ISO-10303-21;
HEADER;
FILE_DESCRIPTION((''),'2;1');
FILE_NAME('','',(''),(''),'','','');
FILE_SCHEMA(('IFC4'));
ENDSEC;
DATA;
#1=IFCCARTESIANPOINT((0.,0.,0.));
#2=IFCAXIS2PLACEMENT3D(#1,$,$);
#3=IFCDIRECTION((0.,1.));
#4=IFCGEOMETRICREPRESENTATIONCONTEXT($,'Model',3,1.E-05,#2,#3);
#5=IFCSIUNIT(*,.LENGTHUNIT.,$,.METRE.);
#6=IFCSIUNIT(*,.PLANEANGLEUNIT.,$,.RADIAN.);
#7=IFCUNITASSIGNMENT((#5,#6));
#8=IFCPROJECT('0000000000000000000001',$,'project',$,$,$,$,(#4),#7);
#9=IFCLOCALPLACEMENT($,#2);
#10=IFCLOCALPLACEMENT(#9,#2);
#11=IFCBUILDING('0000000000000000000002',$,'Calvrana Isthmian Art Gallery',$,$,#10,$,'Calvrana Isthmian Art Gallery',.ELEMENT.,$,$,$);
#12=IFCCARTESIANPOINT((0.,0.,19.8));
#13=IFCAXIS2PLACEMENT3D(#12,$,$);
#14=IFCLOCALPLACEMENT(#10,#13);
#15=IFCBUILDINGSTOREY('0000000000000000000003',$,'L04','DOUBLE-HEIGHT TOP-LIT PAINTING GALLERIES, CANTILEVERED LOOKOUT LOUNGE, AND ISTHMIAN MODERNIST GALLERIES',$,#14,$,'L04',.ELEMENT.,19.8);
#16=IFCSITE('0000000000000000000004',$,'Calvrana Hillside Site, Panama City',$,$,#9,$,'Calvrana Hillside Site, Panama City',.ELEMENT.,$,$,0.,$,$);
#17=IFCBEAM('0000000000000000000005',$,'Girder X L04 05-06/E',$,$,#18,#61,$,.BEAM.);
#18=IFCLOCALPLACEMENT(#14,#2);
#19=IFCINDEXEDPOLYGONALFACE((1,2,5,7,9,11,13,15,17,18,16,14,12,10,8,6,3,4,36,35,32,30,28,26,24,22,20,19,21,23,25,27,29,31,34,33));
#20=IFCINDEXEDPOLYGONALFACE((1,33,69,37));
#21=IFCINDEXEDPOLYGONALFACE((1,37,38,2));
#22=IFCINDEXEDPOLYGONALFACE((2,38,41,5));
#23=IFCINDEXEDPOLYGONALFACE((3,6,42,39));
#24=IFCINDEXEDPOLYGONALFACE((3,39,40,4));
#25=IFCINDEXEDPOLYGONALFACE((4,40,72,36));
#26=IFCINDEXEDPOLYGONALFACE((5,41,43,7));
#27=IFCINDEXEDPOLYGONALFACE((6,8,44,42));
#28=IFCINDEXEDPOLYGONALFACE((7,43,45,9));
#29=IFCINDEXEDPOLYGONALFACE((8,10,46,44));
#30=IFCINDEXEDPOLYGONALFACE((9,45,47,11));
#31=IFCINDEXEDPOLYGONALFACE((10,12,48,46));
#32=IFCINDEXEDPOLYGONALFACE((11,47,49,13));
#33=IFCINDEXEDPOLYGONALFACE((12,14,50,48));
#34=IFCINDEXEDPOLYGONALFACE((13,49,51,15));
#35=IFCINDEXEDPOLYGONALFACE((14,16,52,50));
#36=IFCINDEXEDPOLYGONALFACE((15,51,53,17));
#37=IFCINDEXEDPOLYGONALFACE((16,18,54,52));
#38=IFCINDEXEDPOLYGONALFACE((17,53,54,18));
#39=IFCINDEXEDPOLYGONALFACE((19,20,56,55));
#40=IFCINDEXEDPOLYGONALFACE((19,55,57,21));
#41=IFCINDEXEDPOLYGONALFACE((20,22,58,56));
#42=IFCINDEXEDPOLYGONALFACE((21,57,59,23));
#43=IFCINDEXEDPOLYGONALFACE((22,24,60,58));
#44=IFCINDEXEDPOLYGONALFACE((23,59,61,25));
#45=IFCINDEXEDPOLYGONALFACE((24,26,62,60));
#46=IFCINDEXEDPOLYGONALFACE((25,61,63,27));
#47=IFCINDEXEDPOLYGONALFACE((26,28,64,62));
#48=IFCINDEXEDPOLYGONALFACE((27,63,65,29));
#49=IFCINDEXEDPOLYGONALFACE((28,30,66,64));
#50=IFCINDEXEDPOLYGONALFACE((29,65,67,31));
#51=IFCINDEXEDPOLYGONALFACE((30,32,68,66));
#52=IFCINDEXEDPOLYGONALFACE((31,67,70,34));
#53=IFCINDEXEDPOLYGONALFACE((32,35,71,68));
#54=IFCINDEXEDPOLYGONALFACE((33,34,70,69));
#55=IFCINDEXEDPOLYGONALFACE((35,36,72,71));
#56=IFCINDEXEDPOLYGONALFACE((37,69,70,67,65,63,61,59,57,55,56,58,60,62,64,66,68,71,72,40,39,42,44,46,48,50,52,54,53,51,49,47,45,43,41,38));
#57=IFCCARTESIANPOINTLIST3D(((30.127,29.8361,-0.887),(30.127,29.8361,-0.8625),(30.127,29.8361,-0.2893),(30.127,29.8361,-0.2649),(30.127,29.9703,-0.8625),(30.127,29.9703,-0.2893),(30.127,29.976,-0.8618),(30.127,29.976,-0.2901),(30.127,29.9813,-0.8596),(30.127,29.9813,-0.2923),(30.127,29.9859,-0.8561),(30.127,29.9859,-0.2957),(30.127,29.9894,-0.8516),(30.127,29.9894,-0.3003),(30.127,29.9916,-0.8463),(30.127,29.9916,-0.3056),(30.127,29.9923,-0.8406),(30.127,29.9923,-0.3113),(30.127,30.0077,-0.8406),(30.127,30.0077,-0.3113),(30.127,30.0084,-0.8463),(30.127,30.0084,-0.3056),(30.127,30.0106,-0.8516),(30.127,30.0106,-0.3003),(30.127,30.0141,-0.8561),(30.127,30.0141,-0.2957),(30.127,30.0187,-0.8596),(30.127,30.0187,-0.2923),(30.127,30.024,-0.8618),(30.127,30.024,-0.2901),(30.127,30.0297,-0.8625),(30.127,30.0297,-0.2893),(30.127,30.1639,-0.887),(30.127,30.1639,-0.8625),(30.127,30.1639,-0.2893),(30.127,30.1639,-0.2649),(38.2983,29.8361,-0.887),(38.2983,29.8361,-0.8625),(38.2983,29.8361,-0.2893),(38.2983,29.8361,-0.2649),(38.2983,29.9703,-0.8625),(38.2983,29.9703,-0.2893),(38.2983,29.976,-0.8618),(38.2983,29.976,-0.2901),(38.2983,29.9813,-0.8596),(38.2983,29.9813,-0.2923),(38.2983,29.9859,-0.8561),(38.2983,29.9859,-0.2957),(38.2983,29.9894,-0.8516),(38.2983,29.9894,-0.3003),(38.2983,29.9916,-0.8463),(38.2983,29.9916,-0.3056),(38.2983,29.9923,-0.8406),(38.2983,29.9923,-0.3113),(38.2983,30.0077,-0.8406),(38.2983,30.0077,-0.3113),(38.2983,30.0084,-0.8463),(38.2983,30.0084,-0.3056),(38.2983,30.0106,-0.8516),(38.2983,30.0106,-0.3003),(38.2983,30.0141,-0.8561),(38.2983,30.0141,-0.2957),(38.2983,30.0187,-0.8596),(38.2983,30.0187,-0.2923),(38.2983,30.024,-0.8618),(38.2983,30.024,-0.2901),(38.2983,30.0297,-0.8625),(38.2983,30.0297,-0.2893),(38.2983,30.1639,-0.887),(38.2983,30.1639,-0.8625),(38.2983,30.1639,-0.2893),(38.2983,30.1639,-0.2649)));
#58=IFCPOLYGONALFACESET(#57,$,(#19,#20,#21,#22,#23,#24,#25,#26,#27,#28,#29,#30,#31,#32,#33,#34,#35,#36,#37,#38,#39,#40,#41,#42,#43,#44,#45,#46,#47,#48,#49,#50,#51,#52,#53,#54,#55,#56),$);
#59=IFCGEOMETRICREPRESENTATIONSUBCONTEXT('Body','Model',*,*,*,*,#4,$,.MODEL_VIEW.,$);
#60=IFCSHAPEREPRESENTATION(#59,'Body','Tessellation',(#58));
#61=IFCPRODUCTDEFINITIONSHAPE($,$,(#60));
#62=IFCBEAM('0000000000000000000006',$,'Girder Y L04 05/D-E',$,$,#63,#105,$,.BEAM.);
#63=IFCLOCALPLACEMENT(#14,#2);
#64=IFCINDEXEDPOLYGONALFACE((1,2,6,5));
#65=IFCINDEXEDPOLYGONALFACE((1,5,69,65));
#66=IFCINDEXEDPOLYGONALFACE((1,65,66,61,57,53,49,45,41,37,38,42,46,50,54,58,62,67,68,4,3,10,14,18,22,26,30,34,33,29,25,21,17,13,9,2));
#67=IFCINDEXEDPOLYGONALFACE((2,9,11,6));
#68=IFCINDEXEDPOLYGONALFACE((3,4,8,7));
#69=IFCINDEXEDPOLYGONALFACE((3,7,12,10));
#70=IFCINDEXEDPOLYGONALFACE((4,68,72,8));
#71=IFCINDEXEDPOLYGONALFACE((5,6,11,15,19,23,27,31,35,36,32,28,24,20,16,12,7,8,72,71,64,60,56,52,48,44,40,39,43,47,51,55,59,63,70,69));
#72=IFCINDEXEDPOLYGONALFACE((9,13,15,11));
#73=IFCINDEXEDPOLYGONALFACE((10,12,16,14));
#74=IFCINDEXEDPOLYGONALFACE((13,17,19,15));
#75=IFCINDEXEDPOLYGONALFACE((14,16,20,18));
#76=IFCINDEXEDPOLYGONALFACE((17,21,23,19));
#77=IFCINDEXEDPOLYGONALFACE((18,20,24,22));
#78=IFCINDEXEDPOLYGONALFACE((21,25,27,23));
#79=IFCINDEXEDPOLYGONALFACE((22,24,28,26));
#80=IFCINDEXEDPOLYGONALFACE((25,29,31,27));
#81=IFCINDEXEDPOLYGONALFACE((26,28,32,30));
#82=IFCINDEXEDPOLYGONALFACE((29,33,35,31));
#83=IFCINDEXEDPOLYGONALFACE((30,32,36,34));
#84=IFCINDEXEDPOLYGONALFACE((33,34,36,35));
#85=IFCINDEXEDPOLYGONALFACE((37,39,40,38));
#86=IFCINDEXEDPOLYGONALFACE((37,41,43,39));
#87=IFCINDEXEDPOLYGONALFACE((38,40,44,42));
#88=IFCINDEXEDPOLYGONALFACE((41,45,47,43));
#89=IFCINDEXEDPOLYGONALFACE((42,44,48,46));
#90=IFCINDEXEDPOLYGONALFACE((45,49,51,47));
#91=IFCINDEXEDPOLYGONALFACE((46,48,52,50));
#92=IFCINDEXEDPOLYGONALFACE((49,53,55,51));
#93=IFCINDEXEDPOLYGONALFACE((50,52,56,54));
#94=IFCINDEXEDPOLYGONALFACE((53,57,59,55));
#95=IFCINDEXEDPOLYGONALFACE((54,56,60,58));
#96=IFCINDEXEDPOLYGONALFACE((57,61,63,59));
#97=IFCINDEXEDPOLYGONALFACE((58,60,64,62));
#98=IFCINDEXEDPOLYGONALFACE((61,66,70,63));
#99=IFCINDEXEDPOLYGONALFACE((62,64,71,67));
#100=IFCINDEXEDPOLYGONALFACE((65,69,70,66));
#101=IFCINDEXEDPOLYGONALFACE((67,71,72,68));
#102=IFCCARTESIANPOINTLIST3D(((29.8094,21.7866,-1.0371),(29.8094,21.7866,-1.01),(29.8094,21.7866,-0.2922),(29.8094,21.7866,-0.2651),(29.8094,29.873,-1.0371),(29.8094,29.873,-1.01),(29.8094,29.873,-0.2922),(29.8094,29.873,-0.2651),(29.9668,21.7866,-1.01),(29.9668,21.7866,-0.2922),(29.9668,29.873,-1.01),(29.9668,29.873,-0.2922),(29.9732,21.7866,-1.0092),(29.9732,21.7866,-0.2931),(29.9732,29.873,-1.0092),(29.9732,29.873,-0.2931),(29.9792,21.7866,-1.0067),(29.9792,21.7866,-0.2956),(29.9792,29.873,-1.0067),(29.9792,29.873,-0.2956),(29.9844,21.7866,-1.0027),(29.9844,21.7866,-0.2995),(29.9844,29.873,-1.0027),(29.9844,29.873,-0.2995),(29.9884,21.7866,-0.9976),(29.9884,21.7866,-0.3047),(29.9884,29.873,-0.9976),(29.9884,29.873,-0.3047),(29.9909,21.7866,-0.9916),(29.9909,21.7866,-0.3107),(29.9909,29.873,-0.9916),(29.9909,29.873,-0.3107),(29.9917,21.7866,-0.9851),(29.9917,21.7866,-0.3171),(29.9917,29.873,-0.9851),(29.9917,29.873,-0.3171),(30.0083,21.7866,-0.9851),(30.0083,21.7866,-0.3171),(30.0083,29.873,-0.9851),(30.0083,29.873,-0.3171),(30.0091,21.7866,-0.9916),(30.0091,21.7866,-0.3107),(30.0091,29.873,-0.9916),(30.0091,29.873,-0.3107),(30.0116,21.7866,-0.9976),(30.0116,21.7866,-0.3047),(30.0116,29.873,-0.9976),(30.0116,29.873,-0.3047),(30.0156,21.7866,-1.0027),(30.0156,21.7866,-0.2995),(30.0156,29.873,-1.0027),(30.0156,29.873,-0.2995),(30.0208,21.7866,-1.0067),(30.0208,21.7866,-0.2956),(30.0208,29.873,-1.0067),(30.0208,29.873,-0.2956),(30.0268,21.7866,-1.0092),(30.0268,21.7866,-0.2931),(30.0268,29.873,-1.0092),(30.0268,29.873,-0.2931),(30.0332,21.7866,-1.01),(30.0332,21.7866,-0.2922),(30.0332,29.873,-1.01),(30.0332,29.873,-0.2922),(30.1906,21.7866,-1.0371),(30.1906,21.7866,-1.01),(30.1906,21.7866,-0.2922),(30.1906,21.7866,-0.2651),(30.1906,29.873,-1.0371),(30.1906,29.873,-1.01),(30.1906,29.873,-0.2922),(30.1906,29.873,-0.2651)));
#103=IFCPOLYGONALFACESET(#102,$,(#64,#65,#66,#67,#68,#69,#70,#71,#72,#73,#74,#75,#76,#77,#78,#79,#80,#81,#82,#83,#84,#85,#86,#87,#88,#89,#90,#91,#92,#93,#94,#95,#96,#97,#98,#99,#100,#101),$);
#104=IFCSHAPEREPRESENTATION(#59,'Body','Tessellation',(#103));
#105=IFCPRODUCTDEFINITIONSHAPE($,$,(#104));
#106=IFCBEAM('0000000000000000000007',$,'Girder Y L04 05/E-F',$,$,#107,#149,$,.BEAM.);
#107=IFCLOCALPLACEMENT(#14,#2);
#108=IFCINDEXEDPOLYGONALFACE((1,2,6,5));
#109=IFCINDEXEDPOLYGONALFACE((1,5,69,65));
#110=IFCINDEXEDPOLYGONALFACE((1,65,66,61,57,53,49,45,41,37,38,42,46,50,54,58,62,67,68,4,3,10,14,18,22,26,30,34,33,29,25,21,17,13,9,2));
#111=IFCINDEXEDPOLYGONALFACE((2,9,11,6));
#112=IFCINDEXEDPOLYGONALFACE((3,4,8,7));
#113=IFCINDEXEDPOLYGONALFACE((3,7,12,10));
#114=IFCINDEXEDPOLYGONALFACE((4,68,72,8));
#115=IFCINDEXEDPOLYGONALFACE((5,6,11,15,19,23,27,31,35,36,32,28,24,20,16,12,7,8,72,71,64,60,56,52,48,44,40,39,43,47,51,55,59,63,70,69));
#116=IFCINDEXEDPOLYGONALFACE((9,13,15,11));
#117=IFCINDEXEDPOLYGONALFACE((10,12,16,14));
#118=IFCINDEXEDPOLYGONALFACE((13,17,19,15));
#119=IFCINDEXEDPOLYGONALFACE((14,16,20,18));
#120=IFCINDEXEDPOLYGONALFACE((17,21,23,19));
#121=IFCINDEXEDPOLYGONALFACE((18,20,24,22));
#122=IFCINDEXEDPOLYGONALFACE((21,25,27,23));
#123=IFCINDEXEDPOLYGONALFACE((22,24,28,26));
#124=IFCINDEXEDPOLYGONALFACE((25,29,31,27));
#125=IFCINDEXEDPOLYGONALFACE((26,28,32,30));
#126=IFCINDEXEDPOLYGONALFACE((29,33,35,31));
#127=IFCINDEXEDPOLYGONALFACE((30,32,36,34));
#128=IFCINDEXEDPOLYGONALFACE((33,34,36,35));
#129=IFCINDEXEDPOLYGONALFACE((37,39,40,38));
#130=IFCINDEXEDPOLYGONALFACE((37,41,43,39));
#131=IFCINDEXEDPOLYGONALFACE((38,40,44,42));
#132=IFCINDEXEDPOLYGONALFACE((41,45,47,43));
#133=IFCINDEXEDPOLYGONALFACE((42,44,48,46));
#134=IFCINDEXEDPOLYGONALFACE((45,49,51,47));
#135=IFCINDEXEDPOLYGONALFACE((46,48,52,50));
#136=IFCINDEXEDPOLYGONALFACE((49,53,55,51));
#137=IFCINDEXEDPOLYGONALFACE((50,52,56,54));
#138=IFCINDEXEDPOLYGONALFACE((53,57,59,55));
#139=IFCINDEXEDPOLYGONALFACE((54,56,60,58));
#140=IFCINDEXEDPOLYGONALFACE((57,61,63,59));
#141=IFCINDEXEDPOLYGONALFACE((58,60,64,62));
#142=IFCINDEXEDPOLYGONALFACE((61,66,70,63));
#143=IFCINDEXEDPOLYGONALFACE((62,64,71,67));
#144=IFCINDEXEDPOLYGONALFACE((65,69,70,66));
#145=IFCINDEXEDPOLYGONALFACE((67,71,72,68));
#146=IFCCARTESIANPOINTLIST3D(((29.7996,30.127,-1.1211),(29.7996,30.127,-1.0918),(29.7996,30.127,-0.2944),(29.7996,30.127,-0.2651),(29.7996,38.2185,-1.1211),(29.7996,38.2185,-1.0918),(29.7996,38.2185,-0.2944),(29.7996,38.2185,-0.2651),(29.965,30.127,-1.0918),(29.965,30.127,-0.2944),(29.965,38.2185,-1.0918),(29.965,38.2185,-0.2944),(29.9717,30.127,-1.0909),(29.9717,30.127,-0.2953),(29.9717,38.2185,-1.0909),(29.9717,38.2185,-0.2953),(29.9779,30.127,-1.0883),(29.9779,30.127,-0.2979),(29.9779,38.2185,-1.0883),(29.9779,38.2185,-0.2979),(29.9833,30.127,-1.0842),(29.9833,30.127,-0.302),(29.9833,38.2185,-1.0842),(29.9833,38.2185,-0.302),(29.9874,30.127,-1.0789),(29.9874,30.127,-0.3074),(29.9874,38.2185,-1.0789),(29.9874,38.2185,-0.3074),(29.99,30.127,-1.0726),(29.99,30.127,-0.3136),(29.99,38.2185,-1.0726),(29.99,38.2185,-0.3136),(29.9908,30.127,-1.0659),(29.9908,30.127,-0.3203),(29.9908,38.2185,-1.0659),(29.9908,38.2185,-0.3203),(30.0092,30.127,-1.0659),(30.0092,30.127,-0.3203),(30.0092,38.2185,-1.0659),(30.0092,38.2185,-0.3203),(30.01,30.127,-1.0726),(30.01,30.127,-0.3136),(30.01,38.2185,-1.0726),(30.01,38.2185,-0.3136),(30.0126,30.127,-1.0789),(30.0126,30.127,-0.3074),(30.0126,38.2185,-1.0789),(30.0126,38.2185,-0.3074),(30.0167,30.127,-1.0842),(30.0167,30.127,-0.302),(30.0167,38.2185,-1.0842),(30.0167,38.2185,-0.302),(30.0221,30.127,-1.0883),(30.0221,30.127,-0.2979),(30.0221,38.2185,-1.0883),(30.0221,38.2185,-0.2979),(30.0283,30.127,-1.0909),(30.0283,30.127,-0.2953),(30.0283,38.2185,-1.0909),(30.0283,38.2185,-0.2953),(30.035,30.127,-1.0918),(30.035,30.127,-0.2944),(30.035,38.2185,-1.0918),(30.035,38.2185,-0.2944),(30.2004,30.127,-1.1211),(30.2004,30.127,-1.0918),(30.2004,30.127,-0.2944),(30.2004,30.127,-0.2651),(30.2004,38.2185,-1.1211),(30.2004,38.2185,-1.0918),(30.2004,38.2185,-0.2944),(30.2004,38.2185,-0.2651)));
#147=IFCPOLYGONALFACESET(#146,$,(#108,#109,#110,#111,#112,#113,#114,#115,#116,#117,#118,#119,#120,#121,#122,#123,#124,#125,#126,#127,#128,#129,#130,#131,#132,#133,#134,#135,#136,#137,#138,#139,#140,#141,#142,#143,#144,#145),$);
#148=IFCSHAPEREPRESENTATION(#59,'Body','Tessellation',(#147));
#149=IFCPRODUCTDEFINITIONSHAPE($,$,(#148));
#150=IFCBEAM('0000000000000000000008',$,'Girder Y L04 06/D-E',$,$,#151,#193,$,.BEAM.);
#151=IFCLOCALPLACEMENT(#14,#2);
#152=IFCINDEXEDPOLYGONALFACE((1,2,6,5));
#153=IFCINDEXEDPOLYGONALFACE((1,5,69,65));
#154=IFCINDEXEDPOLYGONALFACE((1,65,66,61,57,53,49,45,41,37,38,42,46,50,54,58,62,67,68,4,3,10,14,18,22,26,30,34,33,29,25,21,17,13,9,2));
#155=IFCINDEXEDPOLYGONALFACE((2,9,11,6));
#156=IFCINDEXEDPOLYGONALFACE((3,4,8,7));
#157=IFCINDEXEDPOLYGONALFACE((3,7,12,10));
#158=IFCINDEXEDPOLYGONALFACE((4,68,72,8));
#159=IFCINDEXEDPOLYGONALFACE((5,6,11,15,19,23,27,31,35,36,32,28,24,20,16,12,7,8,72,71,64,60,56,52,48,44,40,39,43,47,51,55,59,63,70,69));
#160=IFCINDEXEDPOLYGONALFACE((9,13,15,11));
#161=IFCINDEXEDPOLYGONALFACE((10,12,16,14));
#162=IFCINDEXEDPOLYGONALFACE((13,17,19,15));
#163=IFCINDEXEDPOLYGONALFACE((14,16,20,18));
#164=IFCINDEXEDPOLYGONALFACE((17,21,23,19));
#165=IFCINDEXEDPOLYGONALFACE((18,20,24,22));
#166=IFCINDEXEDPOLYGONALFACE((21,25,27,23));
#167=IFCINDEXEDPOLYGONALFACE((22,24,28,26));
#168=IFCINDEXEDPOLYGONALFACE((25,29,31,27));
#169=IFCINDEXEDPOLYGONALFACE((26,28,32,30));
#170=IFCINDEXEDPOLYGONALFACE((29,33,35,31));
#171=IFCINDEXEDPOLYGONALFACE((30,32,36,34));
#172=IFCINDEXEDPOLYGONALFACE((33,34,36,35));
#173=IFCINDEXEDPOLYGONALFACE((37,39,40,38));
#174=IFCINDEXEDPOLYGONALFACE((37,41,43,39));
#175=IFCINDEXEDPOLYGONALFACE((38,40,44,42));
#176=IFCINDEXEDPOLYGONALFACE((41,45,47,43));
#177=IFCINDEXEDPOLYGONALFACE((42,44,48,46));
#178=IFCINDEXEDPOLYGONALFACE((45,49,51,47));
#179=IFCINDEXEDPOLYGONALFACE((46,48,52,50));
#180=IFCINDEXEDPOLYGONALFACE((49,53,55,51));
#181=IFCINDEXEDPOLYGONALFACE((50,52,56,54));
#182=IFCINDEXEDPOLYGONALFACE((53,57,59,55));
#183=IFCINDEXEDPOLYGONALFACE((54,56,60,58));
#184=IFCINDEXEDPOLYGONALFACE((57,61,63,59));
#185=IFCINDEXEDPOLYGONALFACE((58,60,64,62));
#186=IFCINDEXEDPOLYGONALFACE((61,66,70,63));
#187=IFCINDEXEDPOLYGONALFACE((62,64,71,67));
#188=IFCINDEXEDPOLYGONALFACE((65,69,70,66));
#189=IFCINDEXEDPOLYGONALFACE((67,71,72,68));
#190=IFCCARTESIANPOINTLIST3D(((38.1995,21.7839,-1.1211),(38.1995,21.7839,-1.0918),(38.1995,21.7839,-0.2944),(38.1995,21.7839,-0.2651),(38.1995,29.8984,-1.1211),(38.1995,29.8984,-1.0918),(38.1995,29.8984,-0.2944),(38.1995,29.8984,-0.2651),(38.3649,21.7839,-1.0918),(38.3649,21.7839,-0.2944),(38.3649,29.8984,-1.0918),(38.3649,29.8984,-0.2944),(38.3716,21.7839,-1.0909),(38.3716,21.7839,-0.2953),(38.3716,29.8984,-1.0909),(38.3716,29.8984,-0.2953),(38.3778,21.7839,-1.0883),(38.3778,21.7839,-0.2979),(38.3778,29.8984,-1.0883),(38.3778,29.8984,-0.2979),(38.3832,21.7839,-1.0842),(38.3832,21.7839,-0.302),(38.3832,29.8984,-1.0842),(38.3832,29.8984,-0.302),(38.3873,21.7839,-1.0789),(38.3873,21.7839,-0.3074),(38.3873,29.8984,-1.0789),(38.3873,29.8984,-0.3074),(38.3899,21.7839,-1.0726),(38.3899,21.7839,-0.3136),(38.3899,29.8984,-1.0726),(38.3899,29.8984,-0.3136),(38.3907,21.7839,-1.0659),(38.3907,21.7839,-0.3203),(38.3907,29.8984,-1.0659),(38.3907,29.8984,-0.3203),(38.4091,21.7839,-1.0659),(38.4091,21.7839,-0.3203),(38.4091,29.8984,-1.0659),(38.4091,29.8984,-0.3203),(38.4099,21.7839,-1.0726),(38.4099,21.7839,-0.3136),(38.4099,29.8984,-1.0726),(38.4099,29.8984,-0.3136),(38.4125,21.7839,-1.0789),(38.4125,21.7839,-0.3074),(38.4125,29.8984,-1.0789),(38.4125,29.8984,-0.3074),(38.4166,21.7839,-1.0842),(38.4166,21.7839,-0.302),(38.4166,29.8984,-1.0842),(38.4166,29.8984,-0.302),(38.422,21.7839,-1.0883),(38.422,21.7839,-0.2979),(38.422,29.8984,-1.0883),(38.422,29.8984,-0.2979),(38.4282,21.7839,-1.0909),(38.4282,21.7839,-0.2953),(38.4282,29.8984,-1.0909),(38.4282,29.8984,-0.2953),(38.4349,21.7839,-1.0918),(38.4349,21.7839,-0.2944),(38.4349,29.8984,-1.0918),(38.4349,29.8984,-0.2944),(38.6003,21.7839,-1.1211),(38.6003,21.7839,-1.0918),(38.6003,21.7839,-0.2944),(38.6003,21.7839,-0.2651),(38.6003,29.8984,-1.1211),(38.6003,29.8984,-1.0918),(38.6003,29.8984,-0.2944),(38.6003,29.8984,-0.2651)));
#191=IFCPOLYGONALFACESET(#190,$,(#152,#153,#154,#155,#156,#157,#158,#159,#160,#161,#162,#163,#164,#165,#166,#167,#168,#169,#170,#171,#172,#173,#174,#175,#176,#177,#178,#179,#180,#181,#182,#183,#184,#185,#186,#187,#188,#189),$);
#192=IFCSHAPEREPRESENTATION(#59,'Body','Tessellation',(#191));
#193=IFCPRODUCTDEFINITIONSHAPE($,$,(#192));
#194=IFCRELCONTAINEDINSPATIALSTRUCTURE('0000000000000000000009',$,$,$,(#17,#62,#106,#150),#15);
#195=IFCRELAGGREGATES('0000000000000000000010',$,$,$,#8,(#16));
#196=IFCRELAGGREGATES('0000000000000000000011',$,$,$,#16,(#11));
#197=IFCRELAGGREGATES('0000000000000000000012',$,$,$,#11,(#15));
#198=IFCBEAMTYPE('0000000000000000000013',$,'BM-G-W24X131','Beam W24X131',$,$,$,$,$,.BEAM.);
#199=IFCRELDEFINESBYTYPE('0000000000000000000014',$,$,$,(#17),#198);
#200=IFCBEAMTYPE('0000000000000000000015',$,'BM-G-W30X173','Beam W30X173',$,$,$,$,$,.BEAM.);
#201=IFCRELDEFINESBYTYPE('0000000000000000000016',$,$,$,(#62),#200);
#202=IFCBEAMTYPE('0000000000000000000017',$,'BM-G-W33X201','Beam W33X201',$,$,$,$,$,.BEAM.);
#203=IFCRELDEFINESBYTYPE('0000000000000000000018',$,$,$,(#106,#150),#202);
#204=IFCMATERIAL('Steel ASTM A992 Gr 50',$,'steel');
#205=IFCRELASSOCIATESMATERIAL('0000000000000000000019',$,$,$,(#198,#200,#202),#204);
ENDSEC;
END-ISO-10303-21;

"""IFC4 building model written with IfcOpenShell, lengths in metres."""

from ifc_helpers import new_model, si_unit, direction, frame, origin, origin_2d, place, context, subcontext, project, spatial, i_section, extrude, material, material_profile, profile_set, type_object, element, save


model = new_model("IFC4")

# Units and contexts
model_context = context("Model", 3, precision=1e-05, world=origin(), true_north=direction((0.0, 1.0)))
body_context = subcontext(model_context, "Body", "Model", "MODEL_VIEW")
ifc_project = project(units=[si_unit("LENGTHUNIT", "METRE"), si_unit("PLANEANGLEUNIT", "RADIAN")], contexts=[model_context])

# Site, building, storey
site_placement = place(None, origin())
site = spatial("IfcSite", under=ifc_project, at=site_placement, Name="Calvrana Hillside Site, Panama City", LongName="Calvrana Hillside Site, Panama City", CompositionType="ELEMENT", RefElevation=0.0)
building_placement = place(site_placement, origin())
building = spatial("IfcBuilding", under=site, at=building_placement, Name="Calvrana Isthmian Art Gallery", LongName="Calvrana Isthmian Art Gallery", CompositionType="ELEMENT")
storey_placement = place(building_placement, frame((0.0, 0.0, 19.8)))
storey = spatial("IfcBuildingStorey", under=building, at=storey_placement, Name="L04", Description="DOUBLE-HEIGHT TOP-LIT PAINTING GALLERIES, CANTILEVERED LOOKOUT LOUNGE, AND ISTHMIAN MODERNIST GALLERIES", LongName="L04", CompositionType="ELEMENT", Elevation=19.8)

# Shared definitions
ifc_material_1 = material(Name="Steel ASTM A992 Gr 50", Category="steel")

# Beams
ifc_material_profile_1 = material_profile(ifc_material_1, i_section(OverallWidth=0.3279, OverallDepth=0.6221, WebThickness=0.0154, FlangeThickness=0.0244, FilletRadius=0.022, at=origin_2d()), Name="W24X131")
ifc_profile_set_1 = profile_set([ifc_material_profile_1], Name="Steel ASTM A992 Gr 50")
beam_type_1 = type_object("IfcBeamType", Name="BM-G-W24X131", Description="Beam W24X131", PredefinedType="BEAM", material=ifc_profile_set_1)
beam_1_placement = place(storey_placement, frame((30.127, 30.0, -0.5759), z_axis=(1.0, 0.0, 0.0), x_axis=(0.0, 1.0, 0.0)))
element("IfcBeam", 1, at=beam_1_placement, inside=storey, type_object=beam_type_1, Name="Girder X L04 05-06/E", PredefinedType="BEAM", context=body_context, shape_type="SweptSolid", body=[
    extrude(i_section(OverallWidth=0.3279, OverallDepth=0.6221, WebThickness=0.0154, FlangeThickness=0.0244, FilletRadius=0.022, at=origin_2d()), origin(), (0.0, 0.0, 1.0), 8.1714),
])
ifc_material_profile_2 = material_profile(ifc_material_1, i_section(OverallWidth=0.3811, OverallDepth=0.772, WebThickness=0.0166, FlangeThickness=0.0271, FilletRadius=0.0249, at=origin_2d()), Name="W30X173")
ifc_profile_set_2 = profile_set([ifc_material_profile_2], Name="Steel ASTM A992 Gr 50")
beam_type_2 = type_object("IfcBeamType", Name="BM-G-W30X173", Description="Beam W30X173", PredefinedType="BEAM", material=ifc_profile_set_2)
beam_2_placement = place(storey_placement, frame((30.0, 21.7866, -0.6511), z_axis=(0.0, 1.0, 0.0), x_axis=(-1.0, 0.0, 0.0)))
element("IfcBeam", 2, at=beam_2_placement, inside=storey, type_object=beam_type_2, Name="Girder Y L04 05/D-E", PredefinedType="BEAM", context=body_context, shape_type="SweptSolid", body=[
    extrude(i_section(OverallWidth=0.3811, OverallDepth=0.772, WebThickness=0.0166, FlangeThickness=0.0271, FilletRadius=0.0249, at=origin_2d()), origin(), (0.0, 0.0, 1.0), 8.0864),
])
ifc_material_profile_3 = material_profile(ifc_material_1, i_section(OverallWidth=0.4009, OverallDepth=0.856, WebThickness=0.0183, FlangeThickness=0.0293, FilletRadius=0.0259, at=origin_2d()), Name="W33X201")
ifc_profile_set_3 = profile_set([ifc_material_profile_3], Name="Steel ASTM A992 Gr 50")
beam_type_3 = type_object("IfcBeamType", Name="BM-G-W33X201", Description="Beam W33X201", PredefinedType="BEAM", material=ifc_profile_set_3)
beam_3_placement = place(storey_placement, frame((30.0, 30.127, -0.6931), z_axis=(0.0, 1.0, 0.0), x_axis=(-1.0, 0.0, 0.0)))
element("IfcBeam", 3, at=beam_3_placement, inside=storey, type_object=beam_type_3, Name="Girder Y L04 05/E-F", PredefinedType="BEAM", context=body_context, shape_type="SweptSolid", body=[
    extrude(i_section(OverallWidth=0.4009, OverallDepth=0.856, WebThickness=0.0183, FlangeThickness=0.0293, FilletRadius=0.0259, at=origin_2d()), origin(), (0.0, 0.0, 1.0), 8.0916),
])
beam_4_placement = place(storey_placement, frame((38.3999, 21.7839, -0.6931), z_axis=(0.0, 1.0, 0.0), x_axis=(-1.0, 0.0, 0.0)))
element("IfcBeam", 4, at=beam_4_placement, inside=storey, type_object=beam_type_3, Name="Girder Y L04 06/D-E", PredefinedType="BEAM", context=body_context, shape_type="SweptSolid", body=[
    extrude(i_section(OverallWidth=0.4009, OverallDepth=0.856, WebThickness=0.0183, FlangeThickness=0.0293, FilletRadius=0.0259, at=origin_2d()), origin(), (0.0, 0.0, 1.0), 8.1145),
])

save(model, "model.ifc")
